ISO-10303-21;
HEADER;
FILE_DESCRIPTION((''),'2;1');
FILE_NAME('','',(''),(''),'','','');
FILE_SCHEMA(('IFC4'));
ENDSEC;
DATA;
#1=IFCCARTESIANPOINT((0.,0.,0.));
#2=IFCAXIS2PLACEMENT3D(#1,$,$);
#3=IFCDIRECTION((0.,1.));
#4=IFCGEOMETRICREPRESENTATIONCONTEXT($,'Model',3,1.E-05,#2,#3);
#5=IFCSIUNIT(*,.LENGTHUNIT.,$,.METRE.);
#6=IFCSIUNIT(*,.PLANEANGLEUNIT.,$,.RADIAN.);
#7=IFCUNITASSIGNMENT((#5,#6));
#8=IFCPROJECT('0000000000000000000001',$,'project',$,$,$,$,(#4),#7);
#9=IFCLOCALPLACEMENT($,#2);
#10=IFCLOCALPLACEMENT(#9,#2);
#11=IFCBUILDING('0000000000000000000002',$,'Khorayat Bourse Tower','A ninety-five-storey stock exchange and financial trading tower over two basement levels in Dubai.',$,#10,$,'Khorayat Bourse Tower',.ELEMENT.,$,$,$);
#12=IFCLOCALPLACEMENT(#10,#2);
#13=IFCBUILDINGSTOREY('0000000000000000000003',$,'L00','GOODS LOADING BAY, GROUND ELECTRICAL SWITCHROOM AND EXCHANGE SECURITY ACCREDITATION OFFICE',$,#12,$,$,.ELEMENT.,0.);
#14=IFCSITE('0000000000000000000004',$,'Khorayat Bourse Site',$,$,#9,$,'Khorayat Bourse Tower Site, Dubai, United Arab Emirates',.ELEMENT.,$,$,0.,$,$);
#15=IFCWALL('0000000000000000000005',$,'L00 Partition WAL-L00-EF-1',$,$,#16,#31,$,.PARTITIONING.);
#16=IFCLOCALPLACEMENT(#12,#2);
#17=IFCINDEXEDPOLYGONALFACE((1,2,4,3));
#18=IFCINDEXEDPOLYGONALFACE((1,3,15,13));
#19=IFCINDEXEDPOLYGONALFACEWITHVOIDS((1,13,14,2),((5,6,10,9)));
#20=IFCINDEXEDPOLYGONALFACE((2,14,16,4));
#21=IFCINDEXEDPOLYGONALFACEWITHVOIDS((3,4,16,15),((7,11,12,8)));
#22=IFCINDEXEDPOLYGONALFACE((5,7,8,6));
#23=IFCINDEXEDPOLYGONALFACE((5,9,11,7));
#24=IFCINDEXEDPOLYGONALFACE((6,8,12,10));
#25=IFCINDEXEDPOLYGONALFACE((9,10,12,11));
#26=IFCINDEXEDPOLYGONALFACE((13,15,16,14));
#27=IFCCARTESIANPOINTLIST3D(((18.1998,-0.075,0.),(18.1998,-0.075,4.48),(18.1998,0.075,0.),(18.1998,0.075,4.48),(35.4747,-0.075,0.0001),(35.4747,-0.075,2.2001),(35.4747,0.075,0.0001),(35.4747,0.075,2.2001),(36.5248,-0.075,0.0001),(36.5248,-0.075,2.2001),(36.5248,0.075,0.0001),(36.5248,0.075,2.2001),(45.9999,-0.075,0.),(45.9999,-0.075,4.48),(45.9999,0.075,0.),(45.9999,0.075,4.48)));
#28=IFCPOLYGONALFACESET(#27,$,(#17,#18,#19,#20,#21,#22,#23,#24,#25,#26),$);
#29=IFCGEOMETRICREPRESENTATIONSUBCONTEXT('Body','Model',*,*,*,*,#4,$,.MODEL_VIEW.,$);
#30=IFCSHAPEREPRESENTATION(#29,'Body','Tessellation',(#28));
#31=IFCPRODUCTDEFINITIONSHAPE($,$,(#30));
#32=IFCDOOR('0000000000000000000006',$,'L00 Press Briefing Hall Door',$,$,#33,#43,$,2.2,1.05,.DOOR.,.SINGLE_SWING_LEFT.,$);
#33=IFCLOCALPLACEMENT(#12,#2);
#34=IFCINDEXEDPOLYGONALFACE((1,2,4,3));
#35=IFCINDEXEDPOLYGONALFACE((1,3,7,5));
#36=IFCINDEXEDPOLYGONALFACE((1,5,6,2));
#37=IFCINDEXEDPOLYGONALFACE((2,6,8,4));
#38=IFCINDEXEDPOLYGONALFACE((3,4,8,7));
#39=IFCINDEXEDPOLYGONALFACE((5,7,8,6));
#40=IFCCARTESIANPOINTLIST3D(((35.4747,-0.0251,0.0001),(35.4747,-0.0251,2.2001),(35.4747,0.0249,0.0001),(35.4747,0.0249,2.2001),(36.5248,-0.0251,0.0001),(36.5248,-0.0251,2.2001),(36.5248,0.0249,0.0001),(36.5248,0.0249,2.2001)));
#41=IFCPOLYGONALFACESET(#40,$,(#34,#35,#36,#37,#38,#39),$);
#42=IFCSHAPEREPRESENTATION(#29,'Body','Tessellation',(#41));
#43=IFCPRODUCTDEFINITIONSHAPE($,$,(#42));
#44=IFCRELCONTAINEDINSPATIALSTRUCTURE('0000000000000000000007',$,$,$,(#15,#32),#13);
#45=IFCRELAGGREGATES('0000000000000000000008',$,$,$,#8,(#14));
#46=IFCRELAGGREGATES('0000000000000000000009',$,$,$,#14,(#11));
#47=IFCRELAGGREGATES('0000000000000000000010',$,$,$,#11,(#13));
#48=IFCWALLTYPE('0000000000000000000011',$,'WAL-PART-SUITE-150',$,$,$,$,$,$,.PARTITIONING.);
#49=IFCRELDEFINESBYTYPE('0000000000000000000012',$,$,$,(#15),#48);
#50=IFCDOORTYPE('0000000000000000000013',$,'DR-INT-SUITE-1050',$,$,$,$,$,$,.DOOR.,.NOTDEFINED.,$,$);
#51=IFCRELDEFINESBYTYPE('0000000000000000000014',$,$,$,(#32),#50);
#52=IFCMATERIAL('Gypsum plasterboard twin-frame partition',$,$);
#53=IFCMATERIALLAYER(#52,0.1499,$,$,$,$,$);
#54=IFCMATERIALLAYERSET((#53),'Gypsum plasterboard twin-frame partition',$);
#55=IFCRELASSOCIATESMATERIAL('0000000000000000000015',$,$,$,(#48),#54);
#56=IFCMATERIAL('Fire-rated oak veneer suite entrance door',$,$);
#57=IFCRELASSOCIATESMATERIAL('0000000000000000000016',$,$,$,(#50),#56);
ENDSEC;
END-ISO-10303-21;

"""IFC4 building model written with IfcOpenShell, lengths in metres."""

from ifc_helpers import new_model, si_unit, direction, frame, frame_2d, origin, place, context, subcontext, project, spatial, rectangle, extrude, source, transform, mapped, material, layer, layer_set, type_object, element, fill, save


model = new_model("IFC4")

# Units and contexts
model_context = context("Model", 3, precision=1e-05, world=origin(), true_north=direction((0.0, 1.0)))
body_context = subcontext(model_context, "Body", "Model", "MODEL_VIEW")
ifc_project = project(units=[si_unit("LENGTHUNIT", "METRE"), si_unit("PLANEANGLEUNIT", "RADIAN")], contexts=[model_context])

# Site, building, storey
site_placement = place(None, origin())
site = spatial("IfcSite", under=ifc_project, at=site_placement, Name="Khorayat Bourse Site", LongName="Khorayat Bourse Tower Site, Dubai, United Arab Emirates", CompositionType="ELEMENT", RefElevation=0.0)
building_placement = place(site_placement, origin())
building = spatial("IfcBuilding", under=site, at=building_placement, Name="Khorayat Bourse Tower", Description="A ninety-five-storey stock exchange and financial trading tower over two basement levels in Dubai.", LongName="Khorayat Bourse Tower", CompositionType="ELEMENT")
storey_placement = place(building_placement, origin())
storey = spatial("IfcBuildingStorey", under=building, at=storey_placement, Name="L00", Description="GOODS LOADING BAY, GROUND ELECTRICAL SWITCHROOM AND EXCHANGE SECURITY ACCREDITATION OFFICE", CompositionType="ELEMENT", Elevation=0.0)

# Wall, opening, door
ifc_material_1 = material(Name="Gypsum plasterboard twin-frame partition")
ifc_layer_1 = layer(ifc_material_1, 0.1499)
ifc_layer_set_1 = layer_set([ifc_layer_1], Name="Gypsum plasterboard twin-frame partition")
wall_type_1 = type_object("IfcWallType", Name="WAL-PART-SUITE-150", PredefinedType="PARTITIONING", material=ifc_layer_set_1)
shared_shape_1 = source(origin(), body_context, "Body", "SweptSolid", [
    extrude(rectangle(XDim=27.8, YDim=0.1499, at=frame_2d((13.8999, 0.0))), origin(), (0.0, 0.0, 1.0), 4.48),
])
wall_1_placement = place(storey_placement, frame((18.2, 0.0, 0.0), z_axis=(0.0, 0.0, 1.0), x_axis=(1.0, 0.0, 0.0)))
wall_1 = element("IfcWall", 1, at=wall_1_placement, inside=storey, type_object=wall_type_1, Name="L00 Partition WAL-L00-EF-1", PredefinedType="PARTITIONING", context=body_context, shape_type="MappedRepresentation", body=[
    mapped(shared_shape_1, transform((0.0, 0.0, 0.0), scale=1.0)),
])
shared_shape_2 = source(origin(), body_context, "Body", "SweptSolid", [
    extrude(rectangle(XDim=1.05, YDim=2.2, at=frame_2d((0.5249, 1.1001))), frame((0.0, 0.085, 0.0), z_axis=(0.0, -1.0, 0.0), x_axis=(1.0, 0.0, 0.0)), (0.0, 0.0, 1.0), 0.1699),
])
opening_placement = place(wall_1_placement, frame((17.2749, 0.0, 0.0)))
opening = element("IfcOpeningElement", 2, at=opening_placement, cuts=wall_1, PredefinedType="OPENING", context=body_context, shape_type="MappedRepresentation", body=[
    mapped(shared_shape_2, transform((0.0, 0.0, 0.0), scale=1.0)),
])
ifc_material_2 = material(Name="Fire-rated oak veneer suite entrance door")
door_type = type_object("IfcDoorType", Name="DR-INT-SUITE-1050", OperationType="NOTDEFINED", PredefinedType="DOOR", material=ifc_material_2)
shared_shape_3 = source(origin(), body_context, "Body", "SweptSolid", [
    extrude(rectangle(XDim=1.05, YDim=2.2, at=frame_2d((0.5249, 1.1001))), frame((0.0, 0.0249, 0.0), z_axis=(0.0, -1.0, 0.0), x_axis=(1.0, 0.0, 0.0)), (0.0, 0.0, 1.0), 0.05),
])
door_placement = place(opening_placement, origin())
door = element("IfcDoor", 3, at=door_placement, inside=storey, type_object=door_type, Name="L00 Press Briefing Hall Door", OperationType="SINGLE_SWING_LEFT", OverallHeight=2.2, OverallWidth=1.05, PredefinedType="DOOR", context=body_context, shape_type="MappedRepresentation", body=[
    mapped(shared_shape_3, transform((0.0, 0.0, 0.0), scale=1.0)),
])
fill(opening, door)

save(model, "model.ifc")
